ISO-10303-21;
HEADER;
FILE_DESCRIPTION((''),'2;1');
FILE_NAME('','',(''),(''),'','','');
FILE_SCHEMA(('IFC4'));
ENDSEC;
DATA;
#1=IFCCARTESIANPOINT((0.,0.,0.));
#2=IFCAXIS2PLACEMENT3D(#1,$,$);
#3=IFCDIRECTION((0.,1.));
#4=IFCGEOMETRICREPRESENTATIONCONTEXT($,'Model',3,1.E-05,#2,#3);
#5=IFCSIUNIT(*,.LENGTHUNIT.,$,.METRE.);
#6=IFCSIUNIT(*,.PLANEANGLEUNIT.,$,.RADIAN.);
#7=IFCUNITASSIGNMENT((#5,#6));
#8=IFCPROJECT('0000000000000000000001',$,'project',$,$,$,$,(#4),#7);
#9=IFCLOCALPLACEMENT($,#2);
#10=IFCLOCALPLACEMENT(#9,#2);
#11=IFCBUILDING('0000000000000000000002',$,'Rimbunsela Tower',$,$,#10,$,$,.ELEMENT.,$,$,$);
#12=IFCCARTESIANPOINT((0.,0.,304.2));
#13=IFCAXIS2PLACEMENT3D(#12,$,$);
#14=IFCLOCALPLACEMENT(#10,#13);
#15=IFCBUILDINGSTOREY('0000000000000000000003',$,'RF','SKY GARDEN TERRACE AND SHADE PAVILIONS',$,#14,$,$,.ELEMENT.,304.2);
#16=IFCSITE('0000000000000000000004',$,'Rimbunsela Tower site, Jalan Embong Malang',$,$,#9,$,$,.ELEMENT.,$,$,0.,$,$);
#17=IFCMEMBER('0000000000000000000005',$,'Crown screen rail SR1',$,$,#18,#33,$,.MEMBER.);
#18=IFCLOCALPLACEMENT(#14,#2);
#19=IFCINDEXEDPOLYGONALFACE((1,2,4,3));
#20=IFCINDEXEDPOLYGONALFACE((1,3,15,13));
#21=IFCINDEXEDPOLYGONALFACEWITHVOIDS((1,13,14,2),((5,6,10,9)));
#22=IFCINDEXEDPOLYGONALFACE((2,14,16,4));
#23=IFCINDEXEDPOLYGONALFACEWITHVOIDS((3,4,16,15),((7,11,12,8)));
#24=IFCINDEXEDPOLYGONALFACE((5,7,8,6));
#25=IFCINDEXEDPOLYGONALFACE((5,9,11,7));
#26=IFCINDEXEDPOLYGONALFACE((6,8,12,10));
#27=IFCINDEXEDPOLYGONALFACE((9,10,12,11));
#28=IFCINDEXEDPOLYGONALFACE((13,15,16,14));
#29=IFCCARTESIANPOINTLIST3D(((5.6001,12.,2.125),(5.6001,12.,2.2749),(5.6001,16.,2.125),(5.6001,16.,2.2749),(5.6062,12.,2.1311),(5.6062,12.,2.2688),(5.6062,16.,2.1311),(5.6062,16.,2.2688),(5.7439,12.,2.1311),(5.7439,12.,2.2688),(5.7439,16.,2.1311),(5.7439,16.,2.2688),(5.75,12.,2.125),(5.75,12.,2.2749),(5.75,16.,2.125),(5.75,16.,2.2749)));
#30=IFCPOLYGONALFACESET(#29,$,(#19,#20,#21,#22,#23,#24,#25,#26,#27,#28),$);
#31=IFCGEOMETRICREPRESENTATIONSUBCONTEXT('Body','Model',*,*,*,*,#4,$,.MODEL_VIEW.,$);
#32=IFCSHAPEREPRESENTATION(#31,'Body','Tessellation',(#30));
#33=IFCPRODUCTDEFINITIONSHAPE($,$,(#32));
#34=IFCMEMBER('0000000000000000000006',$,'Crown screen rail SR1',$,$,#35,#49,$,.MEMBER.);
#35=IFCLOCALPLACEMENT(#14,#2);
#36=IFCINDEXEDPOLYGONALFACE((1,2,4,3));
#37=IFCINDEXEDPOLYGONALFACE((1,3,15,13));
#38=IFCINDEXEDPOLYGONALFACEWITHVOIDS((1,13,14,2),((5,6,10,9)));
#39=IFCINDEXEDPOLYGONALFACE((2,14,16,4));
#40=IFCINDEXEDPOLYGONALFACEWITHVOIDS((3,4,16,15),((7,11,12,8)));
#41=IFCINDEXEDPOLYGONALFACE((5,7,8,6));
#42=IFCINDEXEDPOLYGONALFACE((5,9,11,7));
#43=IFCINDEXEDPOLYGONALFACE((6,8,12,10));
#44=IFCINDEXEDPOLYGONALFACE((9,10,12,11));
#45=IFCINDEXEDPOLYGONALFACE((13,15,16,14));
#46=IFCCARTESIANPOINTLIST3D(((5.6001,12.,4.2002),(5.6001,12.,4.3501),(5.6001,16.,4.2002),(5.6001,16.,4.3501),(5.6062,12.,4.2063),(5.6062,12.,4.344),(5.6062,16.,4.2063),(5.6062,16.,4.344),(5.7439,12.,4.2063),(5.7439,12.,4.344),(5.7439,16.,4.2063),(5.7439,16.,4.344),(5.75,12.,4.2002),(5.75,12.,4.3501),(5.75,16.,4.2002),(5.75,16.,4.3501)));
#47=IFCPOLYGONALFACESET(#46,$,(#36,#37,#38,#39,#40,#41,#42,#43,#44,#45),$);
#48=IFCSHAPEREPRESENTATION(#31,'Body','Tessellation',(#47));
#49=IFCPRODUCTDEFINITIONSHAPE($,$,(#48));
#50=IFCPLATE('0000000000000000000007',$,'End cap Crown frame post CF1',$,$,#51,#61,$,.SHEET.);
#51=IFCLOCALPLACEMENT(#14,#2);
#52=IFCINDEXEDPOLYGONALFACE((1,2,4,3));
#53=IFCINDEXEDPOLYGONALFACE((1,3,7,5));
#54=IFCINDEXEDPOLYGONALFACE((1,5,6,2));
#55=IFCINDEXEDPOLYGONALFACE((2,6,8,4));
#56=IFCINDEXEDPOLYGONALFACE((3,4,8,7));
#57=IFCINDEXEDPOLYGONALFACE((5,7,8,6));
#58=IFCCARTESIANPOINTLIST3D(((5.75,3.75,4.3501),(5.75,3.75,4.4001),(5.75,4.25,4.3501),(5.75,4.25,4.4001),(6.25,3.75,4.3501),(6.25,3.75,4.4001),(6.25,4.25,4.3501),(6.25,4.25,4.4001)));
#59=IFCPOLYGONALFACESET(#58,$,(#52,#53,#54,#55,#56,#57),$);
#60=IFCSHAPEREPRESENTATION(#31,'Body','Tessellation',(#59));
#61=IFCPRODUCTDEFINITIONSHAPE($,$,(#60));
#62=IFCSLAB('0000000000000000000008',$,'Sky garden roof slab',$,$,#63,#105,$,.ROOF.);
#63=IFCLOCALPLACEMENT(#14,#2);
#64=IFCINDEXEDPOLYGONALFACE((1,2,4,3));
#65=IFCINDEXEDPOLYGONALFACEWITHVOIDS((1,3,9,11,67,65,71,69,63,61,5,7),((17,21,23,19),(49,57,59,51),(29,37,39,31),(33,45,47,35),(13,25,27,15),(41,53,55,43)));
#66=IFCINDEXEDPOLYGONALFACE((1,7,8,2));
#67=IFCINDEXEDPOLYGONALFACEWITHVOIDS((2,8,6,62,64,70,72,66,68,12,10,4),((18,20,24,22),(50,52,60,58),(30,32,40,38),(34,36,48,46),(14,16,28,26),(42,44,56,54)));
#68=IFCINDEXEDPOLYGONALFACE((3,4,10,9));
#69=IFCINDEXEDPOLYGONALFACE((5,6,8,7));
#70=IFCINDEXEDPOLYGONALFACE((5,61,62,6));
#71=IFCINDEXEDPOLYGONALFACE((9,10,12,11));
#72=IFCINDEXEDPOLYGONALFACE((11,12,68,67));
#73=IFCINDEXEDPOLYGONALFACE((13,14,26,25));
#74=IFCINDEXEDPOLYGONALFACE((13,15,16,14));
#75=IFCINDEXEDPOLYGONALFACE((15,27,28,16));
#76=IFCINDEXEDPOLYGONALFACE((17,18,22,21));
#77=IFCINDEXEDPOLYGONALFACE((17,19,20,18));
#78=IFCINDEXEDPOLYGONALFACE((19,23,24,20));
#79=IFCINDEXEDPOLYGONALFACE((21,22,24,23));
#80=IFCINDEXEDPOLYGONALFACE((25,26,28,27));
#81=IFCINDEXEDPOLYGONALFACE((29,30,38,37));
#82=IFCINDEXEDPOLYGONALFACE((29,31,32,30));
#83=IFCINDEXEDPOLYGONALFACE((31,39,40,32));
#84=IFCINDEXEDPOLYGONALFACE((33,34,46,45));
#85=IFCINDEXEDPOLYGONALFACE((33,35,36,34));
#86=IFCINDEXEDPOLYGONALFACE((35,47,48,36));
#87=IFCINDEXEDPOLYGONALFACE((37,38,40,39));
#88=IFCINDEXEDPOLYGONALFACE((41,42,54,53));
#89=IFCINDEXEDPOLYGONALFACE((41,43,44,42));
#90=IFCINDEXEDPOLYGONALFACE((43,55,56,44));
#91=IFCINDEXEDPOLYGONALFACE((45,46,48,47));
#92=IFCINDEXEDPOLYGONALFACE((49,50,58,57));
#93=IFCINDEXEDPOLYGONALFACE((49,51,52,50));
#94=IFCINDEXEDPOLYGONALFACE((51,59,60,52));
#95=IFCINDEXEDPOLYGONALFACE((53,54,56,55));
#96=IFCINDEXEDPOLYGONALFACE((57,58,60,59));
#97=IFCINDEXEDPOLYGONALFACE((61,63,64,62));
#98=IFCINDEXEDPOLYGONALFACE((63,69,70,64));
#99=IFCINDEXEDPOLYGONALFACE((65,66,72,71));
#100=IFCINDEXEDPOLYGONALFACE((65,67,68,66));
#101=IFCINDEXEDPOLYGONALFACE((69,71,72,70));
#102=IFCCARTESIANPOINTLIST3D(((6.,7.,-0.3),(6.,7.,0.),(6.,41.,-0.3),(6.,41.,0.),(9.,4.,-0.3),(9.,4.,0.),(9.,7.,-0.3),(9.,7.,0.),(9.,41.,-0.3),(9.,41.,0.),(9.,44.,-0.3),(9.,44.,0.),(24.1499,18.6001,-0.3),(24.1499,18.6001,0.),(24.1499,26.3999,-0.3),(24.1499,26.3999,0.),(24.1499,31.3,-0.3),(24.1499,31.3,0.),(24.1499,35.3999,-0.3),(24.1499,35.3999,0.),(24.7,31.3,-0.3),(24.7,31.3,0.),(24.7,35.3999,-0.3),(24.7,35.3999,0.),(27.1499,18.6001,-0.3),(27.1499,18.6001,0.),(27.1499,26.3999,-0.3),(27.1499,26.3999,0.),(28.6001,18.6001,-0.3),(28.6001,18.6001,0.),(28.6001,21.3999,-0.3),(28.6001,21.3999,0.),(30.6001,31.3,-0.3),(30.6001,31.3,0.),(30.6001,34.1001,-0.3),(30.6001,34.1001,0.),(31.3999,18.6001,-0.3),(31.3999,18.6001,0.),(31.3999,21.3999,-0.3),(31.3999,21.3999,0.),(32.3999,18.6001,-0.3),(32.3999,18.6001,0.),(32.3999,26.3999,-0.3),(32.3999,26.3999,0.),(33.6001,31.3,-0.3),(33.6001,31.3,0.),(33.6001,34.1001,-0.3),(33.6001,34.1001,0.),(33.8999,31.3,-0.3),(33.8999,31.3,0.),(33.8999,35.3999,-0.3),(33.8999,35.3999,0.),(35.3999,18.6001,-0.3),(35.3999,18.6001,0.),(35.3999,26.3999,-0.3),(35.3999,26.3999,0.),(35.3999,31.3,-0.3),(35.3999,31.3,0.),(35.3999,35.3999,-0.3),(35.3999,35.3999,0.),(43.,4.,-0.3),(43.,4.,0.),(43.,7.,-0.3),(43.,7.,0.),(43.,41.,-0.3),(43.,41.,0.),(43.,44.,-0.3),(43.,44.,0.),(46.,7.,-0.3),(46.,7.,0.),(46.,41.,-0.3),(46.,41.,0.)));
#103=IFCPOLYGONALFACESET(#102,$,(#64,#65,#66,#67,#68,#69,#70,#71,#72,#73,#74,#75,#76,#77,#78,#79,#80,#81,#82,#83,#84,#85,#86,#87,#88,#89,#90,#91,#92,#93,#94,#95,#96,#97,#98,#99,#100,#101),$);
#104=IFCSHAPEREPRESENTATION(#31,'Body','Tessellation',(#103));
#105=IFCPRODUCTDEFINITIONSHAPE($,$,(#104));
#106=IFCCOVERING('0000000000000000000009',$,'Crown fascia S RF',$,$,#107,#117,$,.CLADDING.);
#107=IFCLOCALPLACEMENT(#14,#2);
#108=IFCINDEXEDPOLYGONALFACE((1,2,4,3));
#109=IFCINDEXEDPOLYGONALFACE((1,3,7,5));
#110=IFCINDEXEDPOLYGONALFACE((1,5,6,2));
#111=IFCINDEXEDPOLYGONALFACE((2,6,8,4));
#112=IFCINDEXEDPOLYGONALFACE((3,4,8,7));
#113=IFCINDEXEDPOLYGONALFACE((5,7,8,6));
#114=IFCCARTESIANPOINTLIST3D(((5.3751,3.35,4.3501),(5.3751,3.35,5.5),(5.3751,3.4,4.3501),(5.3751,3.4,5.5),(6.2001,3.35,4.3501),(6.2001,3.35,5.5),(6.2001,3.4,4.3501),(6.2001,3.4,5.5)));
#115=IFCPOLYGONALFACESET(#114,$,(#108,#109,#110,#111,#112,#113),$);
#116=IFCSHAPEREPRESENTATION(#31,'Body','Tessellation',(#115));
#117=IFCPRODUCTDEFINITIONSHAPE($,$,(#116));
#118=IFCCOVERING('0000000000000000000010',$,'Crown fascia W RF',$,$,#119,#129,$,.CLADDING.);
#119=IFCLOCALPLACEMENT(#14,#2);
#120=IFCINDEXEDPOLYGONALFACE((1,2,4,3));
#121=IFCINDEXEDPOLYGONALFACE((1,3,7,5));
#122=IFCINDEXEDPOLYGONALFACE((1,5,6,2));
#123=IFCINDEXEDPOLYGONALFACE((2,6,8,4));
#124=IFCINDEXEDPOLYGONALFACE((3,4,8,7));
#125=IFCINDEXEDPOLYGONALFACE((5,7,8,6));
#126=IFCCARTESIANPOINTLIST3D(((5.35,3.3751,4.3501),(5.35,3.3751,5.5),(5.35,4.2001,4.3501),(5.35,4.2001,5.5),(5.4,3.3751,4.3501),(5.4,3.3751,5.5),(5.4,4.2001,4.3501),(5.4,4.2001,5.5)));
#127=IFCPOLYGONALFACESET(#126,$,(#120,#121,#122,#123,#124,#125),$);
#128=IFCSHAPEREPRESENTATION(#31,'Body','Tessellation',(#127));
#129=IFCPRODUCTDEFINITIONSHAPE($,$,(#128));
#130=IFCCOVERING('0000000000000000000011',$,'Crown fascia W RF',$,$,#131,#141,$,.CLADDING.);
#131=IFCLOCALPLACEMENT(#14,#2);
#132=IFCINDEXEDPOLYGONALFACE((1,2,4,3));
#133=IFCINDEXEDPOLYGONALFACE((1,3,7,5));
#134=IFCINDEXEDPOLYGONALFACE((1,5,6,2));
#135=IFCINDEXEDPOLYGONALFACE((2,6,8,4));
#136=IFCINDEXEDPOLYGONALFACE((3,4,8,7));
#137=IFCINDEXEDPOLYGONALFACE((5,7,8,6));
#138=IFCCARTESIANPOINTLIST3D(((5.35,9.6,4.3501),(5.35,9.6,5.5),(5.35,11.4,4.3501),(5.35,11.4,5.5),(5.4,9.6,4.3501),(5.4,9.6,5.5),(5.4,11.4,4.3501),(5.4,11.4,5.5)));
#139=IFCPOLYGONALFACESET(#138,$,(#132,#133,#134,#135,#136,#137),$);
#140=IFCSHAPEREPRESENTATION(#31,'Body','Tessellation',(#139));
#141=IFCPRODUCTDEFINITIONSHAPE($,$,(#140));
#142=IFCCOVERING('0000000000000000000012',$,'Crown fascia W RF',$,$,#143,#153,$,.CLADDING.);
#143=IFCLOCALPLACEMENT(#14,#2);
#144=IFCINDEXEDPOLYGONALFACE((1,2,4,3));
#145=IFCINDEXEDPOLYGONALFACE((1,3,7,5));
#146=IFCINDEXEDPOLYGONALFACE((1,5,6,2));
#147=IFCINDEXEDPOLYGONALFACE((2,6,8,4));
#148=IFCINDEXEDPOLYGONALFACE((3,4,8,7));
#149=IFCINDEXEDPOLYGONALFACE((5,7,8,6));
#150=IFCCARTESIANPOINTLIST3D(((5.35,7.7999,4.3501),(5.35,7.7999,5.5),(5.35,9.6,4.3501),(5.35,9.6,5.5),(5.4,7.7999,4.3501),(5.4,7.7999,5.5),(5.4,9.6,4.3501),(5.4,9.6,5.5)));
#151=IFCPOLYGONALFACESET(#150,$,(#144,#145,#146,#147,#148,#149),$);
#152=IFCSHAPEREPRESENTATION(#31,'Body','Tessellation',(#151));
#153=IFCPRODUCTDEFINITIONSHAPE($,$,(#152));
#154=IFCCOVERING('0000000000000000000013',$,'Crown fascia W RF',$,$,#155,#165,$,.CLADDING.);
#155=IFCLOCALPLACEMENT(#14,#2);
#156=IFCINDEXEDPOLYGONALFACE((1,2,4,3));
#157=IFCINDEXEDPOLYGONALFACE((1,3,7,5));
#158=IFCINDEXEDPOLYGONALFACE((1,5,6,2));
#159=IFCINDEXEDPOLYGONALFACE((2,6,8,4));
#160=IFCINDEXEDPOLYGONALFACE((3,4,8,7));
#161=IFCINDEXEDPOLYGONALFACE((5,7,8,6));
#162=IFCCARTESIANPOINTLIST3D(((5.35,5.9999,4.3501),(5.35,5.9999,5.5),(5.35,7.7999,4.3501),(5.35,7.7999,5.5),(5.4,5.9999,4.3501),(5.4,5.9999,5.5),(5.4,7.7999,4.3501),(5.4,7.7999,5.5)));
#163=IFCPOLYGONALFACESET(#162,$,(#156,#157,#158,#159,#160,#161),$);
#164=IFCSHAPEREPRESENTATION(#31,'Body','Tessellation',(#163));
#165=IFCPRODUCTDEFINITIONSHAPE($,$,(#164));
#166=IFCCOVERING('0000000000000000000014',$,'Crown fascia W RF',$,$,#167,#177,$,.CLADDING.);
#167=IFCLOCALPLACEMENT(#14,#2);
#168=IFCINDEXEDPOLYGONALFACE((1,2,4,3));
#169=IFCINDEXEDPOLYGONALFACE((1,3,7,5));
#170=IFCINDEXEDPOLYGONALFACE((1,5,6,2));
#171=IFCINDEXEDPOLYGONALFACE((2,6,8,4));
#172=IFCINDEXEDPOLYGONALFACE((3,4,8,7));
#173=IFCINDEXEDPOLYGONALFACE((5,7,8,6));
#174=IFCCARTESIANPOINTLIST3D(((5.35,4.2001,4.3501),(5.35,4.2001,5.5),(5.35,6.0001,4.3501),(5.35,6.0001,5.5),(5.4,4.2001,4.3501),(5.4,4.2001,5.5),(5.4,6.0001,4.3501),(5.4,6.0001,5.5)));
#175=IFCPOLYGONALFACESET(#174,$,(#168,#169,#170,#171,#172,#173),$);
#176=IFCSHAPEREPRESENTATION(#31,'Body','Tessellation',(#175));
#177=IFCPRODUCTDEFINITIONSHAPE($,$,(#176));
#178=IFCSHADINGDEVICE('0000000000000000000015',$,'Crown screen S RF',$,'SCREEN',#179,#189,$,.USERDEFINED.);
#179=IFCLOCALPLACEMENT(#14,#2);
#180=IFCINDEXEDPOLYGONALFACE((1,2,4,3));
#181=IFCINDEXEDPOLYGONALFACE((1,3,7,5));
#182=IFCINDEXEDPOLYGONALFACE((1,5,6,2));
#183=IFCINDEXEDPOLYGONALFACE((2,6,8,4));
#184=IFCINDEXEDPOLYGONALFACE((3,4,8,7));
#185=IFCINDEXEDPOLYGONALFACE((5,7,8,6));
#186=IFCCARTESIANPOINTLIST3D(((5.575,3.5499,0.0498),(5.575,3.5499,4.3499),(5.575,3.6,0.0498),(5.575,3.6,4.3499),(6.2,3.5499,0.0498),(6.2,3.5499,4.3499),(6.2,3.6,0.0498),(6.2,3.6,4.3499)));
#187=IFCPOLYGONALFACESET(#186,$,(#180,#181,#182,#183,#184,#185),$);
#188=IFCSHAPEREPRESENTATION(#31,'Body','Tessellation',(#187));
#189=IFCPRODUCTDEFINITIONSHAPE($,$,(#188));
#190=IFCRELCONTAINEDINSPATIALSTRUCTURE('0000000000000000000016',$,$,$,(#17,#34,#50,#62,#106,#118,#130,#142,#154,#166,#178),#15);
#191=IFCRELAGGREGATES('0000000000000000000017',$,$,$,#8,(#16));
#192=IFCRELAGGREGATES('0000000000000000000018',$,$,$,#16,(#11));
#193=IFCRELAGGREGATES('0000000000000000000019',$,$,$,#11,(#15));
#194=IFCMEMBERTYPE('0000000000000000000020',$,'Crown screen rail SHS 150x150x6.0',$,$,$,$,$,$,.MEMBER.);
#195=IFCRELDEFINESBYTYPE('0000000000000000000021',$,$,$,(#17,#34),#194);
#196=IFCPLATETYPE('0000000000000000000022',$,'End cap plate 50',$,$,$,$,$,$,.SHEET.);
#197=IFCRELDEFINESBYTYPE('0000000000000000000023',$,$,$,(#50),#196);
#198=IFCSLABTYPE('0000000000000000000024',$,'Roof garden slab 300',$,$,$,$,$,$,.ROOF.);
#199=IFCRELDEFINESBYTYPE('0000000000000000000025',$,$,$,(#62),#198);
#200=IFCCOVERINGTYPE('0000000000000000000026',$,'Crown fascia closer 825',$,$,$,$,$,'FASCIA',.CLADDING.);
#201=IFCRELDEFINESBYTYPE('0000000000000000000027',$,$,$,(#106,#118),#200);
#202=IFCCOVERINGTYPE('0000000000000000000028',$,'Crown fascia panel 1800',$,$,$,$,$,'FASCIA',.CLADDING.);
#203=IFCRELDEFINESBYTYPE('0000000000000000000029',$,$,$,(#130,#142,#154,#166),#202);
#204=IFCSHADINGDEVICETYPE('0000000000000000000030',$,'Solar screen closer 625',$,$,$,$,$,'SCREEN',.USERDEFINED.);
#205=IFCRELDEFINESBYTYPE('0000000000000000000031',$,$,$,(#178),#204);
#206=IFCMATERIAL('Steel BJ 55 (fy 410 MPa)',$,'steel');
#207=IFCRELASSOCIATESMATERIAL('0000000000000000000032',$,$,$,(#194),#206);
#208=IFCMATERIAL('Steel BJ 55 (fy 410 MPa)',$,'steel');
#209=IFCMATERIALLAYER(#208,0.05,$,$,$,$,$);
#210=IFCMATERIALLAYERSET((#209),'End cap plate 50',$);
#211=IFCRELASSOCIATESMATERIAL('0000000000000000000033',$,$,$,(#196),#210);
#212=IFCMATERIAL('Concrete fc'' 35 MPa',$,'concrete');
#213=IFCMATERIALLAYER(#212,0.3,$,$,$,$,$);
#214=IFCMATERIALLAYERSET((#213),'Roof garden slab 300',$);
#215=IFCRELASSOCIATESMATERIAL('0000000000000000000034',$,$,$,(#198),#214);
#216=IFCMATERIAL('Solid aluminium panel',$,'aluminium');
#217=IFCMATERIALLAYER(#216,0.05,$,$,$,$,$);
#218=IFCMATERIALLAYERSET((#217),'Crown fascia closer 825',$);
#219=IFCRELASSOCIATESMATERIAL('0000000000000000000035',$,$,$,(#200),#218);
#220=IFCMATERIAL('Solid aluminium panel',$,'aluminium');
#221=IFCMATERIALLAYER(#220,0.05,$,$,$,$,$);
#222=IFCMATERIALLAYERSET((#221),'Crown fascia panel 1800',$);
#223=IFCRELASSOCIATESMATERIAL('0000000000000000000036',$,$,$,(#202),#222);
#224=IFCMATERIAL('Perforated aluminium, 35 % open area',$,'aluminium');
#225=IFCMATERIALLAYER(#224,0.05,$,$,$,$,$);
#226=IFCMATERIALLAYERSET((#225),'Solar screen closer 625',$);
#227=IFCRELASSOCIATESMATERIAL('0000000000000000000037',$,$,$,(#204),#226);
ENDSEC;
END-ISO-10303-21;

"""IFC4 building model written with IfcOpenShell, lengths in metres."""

from ifc_helpers import new_model, si_unit, direction, frame, origin, origin_2d, place, context, subcontext, project, spatial, polyline, rectangle, hollow_rectangle, outline, extrude, material, layer, layer_set, material_profile, profile_set, type_object, element, save


model = new_model("IFC4")

# Units and contexts
model_context = context("Model", 3, precision=1e-05, world=origin(), true_north=direction((0.0, 1.0)))
body_context = subcontext(model_context, "Body", "Model", "MODEL_VIEW")
ifc_project = project(units=[si_unit("LENGTHUNIT", "METRE"), si_unit("PLANEANGLEUNIT", "RADIAN")], contexts=[model_context])

# Site, building, storey
site_placement = place(None, origin())
site = spatial("IfcSite", under=ifc_project, at=site_placement, Name="Rimbunsela Tower site, Jalan Embong Malang", CompositionType="ELEMENT", RefElevation=0.0)
building_placement = place(site_placement, origin())
building = spatial("IfcBuilding", under=site, at=building_placement, Name="Rimbunsela Tower", CompositionType="ELEMENT")
storey_placement = place(building_placement, frame((0.0, 0.0, 304.2)))
storey = spatial("IfcBuildingStorey", under=building, at=storey_placement, Name="RF", Description="SKY GARDEN TERRACE AND SHADE PAVILIONS", CompositionType="ELEMENT", Elevation=304.2)

# Members
ifc_material_1 = material(Name="Steel BJ 55 (fy 410 MPa)", Category="steel")
ifc_material_profile_1 = material_profile(ifc_material_1, hollow_rectangle(XDim=0.1499, YDim=0.1499, WallThickness=0.0061, at=origin_2d()), Name="SHS 150x150x6.0")
ifc_profile_set_1 = profile_set([ifc_material_profile_1], Name="Steel BJ 55 (fy 410 MPa)")
member_type_1 = type_object("IfcMemberType", Name="Crown screen rail SHS 150x150x6.0", PredefinedType="MEMBER", material=ifc_profile_set_1)
for number, where, z_axis, x_axis, name in (
    (1, (5.675, 12.0, 2.2), (0.0, 1.0, 0.0), (-1.0, 0.0, 0.0), "Crown screen rail SR1"),
    (2, (5.675, 12.0, 4.2751), (0.0, 1.0, 0.0), (-1.0, 0.0, 0.0), "Crown screen rail SR1"),
):
    element("IfcMember", number, at=place(storey_placement, frame(where, z_axis=z_axis, x_axis=x_axis)), inside=storey, type_object=member_type_1, Name=name, PredefinedType="MEMBER", context=body_context, shape_type="SweptSolid", body=[
        extrude(hollow_rectangle(XDim=0.1499, YDim=0.1499, WallThickness=0.0061, at=origin_2d()), origin(), (0.0, 0.0, 1.0), 4.0),
    ])

# Plate
ifc_material_2 = material(Name="Steel BJ 55 (fy 410 MPa)", Category="steel")
ifc_layer_1 = layer(ifc_material_2, 0.05)
ifc_layer_set_1 = layer_set([ifc_layer_1], Name="End cap plate 50")
plate_type = type_object("IfcPlateType", Name="End cap plate 50", PredefinedType="SHEET", material=ifc_layer_set_1)
plate_placement = place(storey_placement, frame((6.0, 4.0, 4.3501), z_axis=(0.0, 0.0, 1.0), x_axis=(1.0, 0.0, 0.0)))
element("IfcPlate", 3, at=plate_placement, inside=storey, type_object=plate_type, Name="End cap Crown frame post CF1", PredefinedType="SHEET", context=body_context, shape_type="SweptSolid", body=[
    extrude(rectangle(XDim=0.5, YDim=0.5, at=origin_2d()), origin(), (0.0, 0.0, 1.0), 0.05),
])

# Slab
ifc_material_3 = material(Name="Concrete fc' 35 MPa", Category="concrete")
ifc_layer_2 = layer(ifc_material_3, 0.3)
ifc_layer_set_2 = layer_set([ifc_layer_2], Name="Roof garden slab 300")
slab_type = type_object("IfcSlabType", Name="Roof garden slab 300", PredefinedType="ROOF", material=ifc_layer_set_2)
slab_placement = place(storey_placement, frame((0.0, 0.0, -0.3)))
element("IfcSlab", 4, at=slab_placement, inside=storey, type_object=slab_type, Name="Sky garden roof slab", PredefinedType="ROOF", context=body_context, shape_type="SweptSolid", body=[
    extrude(outline(polyline([(9.0, 4.0), (43.0, 4.0), (43.0, 7.0), (46.0, 7.0), (46.0, 41.0), (43.0, 41.0), (43.0, 44.0), (9.0, 44.0), (9.0, 41.0), (6.0, 41.0), (6.0, 7.0), (9.0, 7.0), (9.0, 4.0)]), holes=[polyline([(27.1499, 26.3999), (24.1499, 26.3999), (24.1499, 18.6001), (27.1499, 18.6001), (27.1499, 26.3999)]), polyline([(24.7, 35.3999), (24.1499, 35.3999), (24.1499, 31.3), (24.7, 31.3), (24.7, 35.3999)]), polyline([(28.6001, 21.3999), (28.6001, 18.6001), (31.3999, 18.6001), (31.3999, 21.3999), (28.6001, 21.3999)]), polyline([(30.6001, 34.1001), (30.6001, 31.3), (33.6001, 31.3), (33.6001, 34.1001), (30.6001, 34.1001)]), polyline([(35.3999, 26.3999), (32.3999, 26.3999), (32.3999, 18.6001), (35.3999, 18.6001), (35.3999, 26.3999)]), polyline([(35.3999, 35.3999), (33.8999, 35.3999), (33.8999, 31.3), (35.3999, 31.3), (35.3999, 35.3999)])]), origin(), (0.0, 0.0, 1.0), 0.3),
])

# Coverings
ifc_material_4 = material(Name="Solid aluminium panel", Category="aluminium")
ifc_layer_3 = layer(ifc_material_4, 0.05)
ifc_layer_set_3 = layer_set([ifc_layer_3], Name="Crown fascia closer 825")
covering_type_1 = type_object("IfcCoveringType", Name="Crown fascia closer 825", ElementType="FASCIA", PredefinedType="CLADDING", material=ifc_layer_set_3)
for number, where, z_axis, x_axis, name in (
    (5, (5.7876, 3.375, 4.3501), (0.0, 0.0, 1.0), (1.0, 0.0, 0.0), "Crown fascia S RF"),
    (6, (5.375, 3.7876, 4.3501), (0.0, 0.0, 1.0), (0.0, 1.0, 0.0), "Crown fascia W RF"),
):
    element("IfcCovering", number, at=place(storey_placement, frame(where, z_axis=z_axis, x_axis=x_axis)), inside=storey, type_object=covering_type_1, Name=name, PredefinedType="CLADDING", context=body_context, shape_type="SweptSolid", body=[
        extrude(rectangle(XDim=0.825, YDim=0.05, at=origin_2d()), origin(), (0.0, 0.0, 1.0), 1.1499),
    ])
ifc_material_5 = material(Name="Solid aluminium panel", Category="aluminium")
ifc_layer_4 = layer(ifc_material_5, 0.05)
ifc_layer_set_4 = layer_set([ifc_layer_4], Name="Crown fascia panel 1800")
covering_type_2 = type_object("IfcCoveringType", Name="Crown fascia panel 1800", ElementType="FASCIA", PredefinedType="CLADDING", material=ifc_layer_set_4)
for number, where, z_axis, x_axis, name in (
    (7, (5.375, 10.5, 4.3501), (0.0, 0.0, 1.0), (0.0, 1.0, 0.0), "Crown fascia W RF"),
    (8, (5.375, 8.7, 4.3501), (0.0, 0.0, 1.0), (0.0, 1.0, 0.0), "Crown fascia W RF"),
    (9, (5.375, 6.8999, 4.3501), (0.0, 0.0, 1.0), (0.0, 1.0, 0.0), "Crown fascia W RF"),
    (10, (5.375, 5.1001, 4.3501), (0.0, 0.0, 1.0), (0.0, 1.0, 0.0), "Crown fascia W RF"),
):
    element("IfcCovering", number, at=place(storey_placement, frame(where, z_axis=z_axis, x_axis=x_axis)), inside=storey, type_object=covering_type_2, Name=name, PredefinedType="CLADDING", context=body_context, shape_type="SweptSolid", body=[
        extrude(rectangle(XDim=1.8, YDim=0.05, at=origin_2d()), origin(), (0.0, 0.0, 1.0), 1.1499),
    ])

# Shading device
ifc_material_6 = material(Name="Perforated aluminium, 35 % open area", Category="aluminium")
ifc_layer_5 = layer(ifc_material_6, 0.05)
ifc_layer_set_5 = layer_set([ifc_layer_5], Name="Solar screen closer 625")
shading_device_type_1 = type_object("IfcShadingDeviceType", Name="Solar screen closer 625", ElementType="SCREEN", PredefinedType="USERDEFINED", material=ifc_layer_set_5)
for number, where, z_axis, x_axis, name in (
    (11, (5.8875, 3.575, 0.0498), (0.0, 0.0, 1.0), (1.0, 0.0, 0.0), "Crown screen S RF"),
):
    element("IfcShadingDevice", number, at=place(storey_placement, frame(where, z_axis=z_axis, x_axis=x_axis)), inside=storey, type_object=shading_device_type_1, Name=name, ObjectType="SCREEN", PredefinedType="USERDEFINED", context=body_context, shape_type="SweptSolid", body=[
        extrude(rectangle(XDim=0.625, YDim=0.05, at=origin_2d()), origin(), (0.0, 0.0, 1.0), 4.3),
    ])

save(model, "model.ifc")
